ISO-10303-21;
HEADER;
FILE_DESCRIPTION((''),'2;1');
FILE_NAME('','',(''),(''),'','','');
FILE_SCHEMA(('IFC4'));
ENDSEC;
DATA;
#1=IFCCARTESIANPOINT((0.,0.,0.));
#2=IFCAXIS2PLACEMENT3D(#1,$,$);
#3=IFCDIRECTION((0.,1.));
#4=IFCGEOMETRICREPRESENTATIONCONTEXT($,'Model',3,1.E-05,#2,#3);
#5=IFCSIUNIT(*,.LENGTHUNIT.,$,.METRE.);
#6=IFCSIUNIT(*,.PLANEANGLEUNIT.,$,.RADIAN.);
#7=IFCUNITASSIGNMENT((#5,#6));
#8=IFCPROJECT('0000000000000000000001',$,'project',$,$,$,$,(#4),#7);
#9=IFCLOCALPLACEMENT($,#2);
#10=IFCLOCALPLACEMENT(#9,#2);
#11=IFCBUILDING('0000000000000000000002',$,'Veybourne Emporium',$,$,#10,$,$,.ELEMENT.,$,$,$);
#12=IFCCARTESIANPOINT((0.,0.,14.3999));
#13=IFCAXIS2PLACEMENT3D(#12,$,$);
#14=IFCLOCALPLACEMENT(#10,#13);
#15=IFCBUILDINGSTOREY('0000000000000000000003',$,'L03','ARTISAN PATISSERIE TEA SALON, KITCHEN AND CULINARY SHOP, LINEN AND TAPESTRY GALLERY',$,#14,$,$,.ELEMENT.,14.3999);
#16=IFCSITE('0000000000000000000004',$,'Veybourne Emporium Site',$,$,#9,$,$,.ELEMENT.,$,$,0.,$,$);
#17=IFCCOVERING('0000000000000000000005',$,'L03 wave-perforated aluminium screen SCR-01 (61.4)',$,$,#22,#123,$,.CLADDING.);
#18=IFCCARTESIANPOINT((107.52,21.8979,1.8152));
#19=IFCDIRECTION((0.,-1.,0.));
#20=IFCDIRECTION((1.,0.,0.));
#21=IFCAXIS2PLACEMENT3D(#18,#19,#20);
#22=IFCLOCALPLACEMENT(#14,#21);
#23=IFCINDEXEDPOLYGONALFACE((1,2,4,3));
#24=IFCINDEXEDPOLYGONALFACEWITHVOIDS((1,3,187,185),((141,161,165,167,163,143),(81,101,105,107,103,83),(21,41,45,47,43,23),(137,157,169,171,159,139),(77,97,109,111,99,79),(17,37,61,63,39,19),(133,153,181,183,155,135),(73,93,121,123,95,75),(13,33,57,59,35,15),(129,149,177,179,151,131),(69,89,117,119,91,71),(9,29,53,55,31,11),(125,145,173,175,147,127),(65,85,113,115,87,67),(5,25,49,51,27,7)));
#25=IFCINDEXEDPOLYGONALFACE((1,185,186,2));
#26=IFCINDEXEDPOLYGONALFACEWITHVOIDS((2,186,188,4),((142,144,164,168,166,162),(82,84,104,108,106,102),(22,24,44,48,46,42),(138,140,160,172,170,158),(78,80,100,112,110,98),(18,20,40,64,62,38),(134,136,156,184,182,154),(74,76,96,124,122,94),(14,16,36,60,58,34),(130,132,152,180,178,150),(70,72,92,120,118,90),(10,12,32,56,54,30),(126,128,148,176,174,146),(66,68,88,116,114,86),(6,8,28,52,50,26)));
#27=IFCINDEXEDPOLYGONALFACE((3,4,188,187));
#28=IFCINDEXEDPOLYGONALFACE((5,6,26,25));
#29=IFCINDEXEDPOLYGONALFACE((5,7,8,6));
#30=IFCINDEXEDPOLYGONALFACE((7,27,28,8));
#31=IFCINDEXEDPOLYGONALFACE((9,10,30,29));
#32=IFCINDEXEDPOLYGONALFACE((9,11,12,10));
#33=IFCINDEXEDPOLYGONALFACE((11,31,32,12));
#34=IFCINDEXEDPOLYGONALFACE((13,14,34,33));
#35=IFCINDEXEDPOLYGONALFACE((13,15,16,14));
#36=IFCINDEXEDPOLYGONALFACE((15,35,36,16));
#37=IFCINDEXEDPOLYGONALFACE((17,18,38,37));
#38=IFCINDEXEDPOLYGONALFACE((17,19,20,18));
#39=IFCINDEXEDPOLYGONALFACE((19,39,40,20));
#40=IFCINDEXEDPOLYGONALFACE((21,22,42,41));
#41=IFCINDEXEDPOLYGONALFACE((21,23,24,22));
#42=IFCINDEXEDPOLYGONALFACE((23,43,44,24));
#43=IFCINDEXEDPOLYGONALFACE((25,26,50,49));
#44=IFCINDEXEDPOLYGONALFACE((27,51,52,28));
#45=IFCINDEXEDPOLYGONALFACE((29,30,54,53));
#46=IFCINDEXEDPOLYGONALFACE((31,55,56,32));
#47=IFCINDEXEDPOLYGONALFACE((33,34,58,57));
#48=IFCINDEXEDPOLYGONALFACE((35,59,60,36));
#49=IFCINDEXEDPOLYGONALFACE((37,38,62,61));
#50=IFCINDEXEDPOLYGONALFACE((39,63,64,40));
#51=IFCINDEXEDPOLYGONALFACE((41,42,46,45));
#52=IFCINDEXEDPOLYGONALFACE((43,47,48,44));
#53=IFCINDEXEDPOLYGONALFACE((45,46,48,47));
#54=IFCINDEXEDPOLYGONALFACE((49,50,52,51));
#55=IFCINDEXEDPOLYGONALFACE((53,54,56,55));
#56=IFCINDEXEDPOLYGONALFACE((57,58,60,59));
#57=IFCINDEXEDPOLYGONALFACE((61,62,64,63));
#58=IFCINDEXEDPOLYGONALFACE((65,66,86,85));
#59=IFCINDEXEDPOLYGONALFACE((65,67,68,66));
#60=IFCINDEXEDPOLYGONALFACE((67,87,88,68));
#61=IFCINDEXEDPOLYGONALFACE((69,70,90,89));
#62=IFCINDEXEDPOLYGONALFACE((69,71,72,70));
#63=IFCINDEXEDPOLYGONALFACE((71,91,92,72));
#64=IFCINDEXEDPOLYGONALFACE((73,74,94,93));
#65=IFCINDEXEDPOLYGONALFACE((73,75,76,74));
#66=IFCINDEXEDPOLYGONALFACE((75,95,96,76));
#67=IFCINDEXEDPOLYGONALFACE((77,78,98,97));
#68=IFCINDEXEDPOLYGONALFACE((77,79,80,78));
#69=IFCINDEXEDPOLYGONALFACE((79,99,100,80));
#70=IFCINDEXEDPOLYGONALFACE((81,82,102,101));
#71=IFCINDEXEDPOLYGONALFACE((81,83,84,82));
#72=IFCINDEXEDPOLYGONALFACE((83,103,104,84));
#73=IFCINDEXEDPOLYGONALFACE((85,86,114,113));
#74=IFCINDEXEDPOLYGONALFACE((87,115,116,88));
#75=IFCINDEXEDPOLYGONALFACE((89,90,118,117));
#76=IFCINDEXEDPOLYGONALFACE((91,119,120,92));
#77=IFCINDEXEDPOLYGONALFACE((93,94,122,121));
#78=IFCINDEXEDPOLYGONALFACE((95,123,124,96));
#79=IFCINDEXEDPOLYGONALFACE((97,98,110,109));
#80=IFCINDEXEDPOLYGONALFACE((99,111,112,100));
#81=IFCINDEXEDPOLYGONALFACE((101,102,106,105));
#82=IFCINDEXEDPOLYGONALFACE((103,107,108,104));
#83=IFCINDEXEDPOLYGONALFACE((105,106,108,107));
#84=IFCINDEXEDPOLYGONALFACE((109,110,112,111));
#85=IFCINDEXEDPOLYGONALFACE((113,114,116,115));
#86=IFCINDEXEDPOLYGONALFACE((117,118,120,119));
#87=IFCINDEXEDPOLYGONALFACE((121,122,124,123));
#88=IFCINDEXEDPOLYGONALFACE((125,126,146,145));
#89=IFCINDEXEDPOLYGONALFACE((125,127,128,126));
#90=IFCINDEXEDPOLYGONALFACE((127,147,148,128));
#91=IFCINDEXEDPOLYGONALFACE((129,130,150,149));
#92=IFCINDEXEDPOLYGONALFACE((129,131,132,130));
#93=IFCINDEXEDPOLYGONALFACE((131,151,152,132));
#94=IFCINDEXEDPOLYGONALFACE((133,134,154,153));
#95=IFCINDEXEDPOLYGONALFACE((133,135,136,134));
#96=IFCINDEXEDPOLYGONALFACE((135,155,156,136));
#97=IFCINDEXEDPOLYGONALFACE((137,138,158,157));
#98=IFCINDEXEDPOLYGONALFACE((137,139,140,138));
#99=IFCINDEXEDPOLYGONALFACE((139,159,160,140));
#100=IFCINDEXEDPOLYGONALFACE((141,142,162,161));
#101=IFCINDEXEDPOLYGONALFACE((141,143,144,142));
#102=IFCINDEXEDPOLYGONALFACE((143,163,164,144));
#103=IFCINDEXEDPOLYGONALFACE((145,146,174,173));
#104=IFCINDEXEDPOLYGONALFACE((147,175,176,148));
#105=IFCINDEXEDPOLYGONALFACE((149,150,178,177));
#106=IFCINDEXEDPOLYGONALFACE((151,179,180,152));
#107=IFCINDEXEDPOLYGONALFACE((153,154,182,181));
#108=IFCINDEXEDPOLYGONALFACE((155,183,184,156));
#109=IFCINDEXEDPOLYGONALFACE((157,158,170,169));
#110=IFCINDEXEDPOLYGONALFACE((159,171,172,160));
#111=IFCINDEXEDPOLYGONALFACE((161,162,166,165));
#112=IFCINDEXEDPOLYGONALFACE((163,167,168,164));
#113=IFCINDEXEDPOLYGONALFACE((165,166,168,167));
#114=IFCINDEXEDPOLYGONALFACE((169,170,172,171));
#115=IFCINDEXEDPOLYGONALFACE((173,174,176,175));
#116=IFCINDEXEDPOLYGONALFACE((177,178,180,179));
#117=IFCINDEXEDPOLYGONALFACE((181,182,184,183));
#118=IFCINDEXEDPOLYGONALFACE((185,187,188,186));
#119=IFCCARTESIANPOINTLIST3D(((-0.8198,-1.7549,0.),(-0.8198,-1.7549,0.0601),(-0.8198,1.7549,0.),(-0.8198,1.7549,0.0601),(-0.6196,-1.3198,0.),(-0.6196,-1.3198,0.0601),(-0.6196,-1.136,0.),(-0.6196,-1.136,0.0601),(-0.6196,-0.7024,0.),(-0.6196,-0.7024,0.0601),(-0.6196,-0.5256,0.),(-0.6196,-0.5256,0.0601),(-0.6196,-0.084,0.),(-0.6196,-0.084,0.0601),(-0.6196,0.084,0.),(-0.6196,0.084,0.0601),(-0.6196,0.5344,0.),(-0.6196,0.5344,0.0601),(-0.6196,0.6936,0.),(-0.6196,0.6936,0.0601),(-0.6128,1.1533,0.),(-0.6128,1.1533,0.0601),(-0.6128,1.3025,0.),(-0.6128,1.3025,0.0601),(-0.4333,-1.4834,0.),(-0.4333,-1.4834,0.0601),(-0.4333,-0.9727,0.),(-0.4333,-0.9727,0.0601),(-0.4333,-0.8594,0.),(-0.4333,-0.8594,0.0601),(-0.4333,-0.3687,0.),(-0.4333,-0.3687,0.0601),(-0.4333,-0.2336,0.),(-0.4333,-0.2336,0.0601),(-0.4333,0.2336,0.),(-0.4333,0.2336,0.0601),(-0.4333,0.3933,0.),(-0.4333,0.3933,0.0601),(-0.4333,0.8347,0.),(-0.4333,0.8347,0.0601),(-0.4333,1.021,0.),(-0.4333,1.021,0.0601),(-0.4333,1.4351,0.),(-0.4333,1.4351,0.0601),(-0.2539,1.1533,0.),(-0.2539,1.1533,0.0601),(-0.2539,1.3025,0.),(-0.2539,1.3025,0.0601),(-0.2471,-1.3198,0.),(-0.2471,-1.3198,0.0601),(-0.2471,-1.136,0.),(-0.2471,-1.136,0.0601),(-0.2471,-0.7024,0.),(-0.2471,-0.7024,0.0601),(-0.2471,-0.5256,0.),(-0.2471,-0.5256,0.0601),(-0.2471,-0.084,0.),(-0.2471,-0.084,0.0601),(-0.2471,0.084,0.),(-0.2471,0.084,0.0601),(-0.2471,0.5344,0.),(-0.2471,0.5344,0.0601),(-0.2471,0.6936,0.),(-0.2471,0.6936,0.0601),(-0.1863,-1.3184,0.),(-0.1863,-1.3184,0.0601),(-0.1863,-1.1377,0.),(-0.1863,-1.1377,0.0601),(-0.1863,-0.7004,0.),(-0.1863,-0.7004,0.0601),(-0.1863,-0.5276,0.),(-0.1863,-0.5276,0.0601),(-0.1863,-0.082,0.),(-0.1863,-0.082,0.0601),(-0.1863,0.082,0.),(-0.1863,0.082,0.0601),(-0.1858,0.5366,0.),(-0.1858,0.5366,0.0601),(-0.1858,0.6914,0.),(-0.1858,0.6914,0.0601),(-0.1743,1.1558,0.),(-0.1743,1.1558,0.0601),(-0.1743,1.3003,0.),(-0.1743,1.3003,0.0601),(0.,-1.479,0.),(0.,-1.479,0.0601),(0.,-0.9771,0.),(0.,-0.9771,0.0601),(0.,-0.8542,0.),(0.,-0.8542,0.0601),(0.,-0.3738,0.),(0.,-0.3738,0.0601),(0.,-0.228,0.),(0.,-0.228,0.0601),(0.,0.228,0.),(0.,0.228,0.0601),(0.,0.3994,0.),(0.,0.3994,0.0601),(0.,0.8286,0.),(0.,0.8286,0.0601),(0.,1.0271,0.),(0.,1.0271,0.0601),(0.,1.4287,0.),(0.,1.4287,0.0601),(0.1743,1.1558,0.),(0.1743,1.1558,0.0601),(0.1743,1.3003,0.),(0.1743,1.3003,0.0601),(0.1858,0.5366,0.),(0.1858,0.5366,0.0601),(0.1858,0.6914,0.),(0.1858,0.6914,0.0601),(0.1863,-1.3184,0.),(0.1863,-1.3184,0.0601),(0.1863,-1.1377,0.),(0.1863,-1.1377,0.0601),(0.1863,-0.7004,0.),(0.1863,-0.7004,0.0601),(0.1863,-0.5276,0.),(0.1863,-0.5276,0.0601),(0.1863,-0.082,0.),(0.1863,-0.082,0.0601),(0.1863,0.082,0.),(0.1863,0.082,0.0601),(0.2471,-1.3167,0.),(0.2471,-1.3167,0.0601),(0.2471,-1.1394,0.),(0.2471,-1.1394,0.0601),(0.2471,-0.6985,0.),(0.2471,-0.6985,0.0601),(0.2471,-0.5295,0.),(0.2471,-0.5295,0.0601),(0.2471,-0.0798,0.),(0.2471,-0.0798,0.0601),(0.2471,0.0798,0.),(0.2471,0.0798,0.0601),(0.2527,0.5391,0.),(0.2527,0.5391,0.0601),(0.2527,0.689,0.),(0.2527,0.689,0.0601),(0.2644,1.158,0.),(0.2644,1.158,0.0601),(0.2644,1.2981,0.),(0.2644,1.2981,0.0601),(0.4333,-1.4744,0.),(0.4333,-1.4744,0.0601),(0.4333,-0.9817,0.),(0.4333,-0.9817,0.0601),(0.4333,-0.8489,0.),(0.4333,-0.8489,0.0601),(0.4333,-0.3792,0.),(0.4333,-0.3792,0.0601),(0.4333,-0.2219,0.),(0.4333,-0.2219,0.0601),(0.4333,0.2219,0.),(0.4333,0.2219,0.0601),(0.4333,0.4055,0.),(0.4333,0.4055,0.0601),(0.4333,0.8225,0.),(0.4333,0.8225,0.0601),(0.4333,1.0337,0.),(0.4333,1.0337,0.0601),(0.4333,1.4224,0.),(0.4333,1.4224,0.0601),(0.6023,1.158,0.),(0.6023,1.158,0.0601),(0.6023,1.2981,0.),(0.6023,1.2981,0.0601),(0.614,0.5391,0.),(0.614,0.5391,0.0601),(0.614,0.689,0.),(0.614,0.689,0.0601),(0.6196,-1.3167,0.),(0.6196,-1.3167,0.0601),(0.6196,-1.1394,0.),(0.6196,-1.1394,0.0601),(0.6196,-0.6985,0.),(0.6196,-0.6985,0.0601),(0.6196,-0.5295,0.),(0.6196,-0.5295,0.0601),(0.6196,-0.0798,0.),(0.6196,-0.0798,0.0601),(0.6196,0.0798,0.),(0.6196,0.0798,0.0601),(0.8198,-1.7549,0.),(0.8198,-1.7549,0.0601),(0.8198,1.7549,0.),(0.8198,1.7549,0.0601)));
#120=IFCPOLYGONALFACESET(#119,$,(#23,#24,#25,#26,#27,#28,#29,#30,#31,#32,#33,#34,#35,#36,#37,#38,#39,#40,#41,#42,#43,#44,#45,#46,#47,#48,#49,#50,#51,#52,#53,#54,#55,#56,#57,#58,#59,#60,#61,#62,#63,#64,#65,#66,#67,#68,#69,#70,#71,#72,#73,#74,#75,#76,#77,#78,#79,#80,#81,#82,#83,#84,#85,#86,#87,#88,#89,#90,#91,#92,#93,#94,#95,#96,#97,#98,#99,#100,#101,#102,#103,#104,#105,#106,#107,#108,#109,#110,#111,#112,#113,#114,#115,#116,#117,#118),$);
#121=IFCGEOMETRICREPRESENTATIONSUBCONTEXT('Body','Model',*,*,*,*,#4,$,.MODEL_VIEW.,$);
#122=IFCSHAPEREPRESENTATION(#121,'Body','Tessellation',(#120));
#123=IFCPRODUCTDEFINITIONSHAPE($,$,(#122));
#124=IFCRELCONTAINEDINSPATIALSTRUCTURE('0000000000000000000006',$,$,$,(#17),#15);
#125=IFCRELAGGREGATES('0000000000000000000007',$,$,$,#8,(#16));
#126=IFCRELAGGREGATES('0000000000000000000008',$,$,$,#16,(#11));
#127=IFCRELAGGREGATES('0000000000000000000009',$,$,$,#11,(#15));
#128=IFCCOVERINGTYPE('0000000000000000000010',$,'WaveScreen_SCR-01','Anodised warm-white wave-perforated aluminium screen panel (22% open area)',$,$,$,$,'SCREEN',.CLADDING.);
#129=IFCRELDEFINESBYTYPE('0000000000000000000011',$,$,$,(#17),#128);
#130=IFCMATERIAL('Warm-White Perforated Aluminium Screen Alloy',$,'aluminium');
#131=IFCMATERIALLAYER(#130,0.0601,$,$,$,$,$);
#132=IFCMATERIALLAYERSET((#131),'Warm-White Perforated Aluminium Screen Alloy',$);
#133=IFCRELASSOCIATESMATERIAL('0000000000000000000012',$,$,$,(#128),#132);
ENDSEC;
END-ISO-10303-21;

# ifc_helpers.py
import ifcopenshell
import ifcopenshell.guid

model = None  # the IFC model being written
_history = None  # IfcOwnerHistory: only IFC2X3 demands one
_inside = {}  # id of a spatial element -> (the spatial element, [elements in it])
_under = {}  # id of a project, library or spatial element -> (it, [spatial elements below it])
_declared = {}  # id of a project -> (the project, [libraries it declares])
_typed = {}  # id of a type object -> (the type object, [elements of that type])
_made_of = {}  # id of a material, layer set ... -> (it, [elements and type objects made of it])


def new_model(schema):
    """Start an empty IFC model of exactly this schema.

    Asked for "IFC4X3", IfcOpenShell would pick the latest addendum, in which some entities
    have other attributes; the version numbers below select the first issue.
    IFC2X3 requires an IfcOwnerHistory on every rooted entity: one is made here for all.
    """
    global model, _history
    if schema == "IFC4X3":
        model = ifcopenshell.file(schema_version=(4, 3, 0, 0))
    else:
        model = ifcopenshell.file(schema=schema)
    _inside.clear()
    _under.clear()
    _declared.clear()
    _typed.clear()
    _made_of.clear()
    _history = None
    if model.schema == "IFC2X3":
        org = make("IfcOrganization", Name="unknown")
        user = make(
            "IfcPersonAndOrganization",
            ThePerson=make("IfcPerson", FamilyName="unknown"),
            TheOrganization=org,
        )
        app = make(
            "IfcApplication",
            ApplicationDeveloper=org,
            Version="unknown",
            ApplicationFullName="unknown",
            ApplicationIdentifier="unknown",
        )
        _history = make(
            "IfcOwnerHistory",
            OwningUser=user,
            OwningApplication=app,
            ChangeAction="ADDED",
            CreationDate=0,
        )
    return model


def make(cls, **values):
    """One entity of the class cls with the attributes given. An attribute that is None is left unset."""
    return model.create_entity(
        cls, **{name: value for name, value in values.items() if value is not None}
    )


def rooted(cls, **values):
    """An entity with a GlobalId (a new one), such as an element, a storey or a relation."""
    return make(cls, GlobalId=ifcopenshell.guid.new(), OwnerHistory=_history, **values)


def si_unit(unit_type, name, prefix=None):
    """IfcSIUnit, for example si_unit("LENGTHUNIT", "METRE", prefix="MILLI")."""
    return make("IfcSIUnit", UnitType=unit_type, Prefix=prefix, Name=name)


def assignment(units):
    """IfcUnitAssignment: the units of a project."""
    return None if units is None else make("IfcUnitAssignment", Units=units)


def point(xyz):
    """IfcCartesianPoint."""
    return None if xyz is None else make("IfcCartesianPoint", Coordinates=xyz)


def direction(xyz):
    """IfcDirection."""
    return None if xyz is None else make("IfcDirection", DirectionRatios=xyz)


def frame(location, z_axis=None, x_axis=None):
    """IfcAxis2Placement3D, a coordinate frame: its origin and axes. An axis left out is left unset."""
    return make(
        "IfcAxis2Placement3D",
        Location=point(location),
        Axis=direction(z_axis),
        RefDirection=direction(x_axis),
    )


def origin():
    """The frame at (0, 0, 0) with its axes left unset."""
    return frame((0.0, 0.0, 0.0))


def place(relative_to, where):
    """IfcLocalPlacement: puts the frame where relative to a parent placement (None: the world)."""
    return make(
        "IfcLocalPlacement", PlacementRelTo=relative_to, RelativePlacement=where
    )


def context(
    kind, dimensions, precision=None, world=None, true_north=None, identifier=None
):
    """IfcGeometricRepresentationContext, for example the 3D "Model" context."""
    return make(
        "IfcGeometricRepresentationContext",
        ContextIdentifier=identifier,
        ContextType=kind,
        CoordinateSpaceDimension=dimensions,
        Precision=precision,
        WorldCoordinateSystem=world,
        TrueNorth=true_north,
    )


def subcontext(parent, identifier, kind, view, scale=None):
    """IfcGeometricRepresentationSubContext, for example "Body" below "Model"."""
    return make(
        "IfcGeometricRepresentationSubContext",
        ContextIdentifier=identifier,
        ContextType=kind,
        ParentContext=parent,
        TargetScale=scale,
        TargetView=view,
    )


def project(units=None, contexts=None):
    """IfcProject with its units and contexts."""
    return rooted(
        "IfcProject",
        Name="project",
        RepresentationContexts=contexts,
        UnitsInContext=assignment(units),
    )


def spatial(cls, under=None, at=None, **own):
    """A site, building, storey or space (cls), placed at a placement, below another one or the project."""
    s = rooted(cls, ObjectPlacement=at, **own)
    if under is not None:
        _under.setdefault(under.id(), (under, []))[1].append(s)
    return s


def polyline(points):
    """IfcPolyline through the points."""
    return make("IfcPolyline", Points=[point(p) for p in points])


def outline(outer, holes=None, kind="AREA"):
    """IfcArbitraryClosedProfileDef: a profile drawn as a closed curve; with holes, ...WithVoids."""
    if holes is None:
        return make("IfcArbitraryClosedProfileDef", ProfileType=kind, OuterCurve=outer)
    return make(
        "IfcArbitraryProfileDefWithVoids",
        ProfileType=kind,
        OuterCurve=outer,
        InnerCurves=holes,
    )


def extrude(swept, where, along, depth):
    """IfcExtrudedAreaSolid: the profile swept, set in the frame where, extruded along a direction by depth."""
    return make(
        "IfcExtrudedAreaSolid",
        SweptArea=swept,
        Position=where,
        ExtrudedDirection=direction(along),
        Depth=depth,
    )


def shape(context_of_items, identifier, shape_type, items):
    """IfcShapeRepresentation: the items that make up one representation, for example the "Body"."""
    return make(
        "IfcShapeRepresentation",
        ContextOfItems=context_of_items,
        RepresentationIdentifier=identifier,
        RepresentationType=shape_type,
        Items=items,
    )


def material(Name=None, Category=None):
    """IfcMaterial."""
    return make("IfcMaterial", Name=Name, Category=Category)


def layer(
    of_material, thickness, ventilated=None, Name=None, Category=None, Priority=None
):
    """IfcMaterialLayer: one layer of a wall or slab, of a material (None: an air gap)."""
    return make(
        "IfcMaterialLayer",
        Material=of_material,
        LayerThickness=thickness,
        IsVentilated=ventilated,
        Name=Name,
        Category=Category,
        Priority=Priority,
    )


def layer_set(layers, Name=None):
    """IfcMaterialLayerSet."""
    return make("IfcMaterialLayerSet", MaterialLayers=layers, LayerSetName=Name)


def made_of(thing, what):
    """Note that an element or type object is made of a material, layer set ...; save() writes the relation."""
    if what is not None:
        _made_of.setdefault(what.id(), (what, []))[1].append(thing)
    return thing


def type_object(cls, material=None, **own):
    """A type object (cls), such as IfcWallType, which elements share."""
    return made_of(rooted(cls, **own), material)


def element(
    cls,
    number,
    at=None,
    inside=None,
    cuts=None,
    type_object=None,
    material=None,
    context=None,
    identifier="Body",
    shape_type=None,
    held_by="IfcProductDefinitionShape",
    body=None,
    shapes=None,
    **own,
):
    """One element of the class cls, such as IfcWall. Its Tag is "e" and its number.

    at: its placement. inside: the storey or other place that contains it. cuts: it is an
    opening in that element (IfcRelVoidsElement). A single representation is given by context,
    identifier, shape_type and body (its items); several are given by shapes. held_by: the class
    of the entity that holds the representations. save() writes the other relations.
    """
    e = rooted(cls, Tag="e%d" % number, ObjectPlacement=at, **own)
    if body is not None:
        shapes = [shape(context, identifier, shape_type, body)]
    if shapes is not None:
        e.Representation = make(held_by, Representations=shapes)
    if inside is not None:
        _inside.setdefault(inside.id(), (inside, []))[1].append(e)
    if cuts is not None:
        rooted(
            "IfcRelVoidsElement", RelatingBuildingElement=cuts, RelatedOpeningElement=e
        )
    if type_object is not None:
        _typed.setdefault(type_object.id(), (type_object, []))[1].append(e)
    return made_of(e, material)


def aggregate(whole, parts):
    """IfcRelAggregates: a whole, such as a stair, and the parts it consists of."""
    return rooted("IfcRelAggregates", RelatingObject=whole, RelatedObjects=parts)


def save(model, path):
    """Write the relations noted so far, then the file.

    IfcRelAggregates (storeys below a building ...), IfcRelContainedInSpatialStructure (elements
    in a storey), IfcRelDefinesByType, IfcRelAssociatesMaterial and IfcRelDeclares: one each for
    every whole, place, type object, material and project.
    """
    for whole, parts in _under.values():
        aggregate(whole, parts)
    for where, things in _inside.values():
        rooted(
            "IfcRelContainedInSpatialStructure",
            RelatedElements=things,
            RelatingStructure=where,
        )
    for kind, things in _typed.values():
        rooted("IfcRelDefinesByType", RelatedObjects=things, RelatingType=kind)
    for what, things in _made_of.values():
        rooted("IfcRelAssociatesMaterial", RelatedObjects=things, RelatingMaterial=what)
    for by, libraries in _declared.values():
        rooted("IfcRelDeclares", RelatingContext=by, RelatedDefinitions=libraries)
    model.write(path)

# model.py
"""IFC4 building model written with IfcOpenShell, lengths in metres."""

from ifc_helpers import new_model, si_unit, direction, frame, origin, place, context, subcontext, project, spatial, polyline, outline, extrude, material, layer, layer_set, type_object, element, save


model = new_model("IFC4")

# Units and contexts
model_context = context("Model", 3, precision=1e-05, world=origin(), true_north=direction((0.0, 1.0)))
body_context = subcontext(model_context, "Body", "Model", "MODEL_VIEW")
ifc_project = project(units=[si_unit("LENGTHUNIT", "METRE"), si_unit("PLANEANGLEUNIT", "RADIAN")], contexts=[model_context])

# Site, building, storey
site_placement = place(None, origin())
site = spatial("IfcSite", under=ifc_project, at=site_placement, Name="Veybourne Emporium Site", CompositionType="ELEMENT", RefElevation=0.0)
building_placement = place(site_placement, origin())
building = spatial("IfcBuilding", under=site, at=building_placement, Name="Veybourne Emporium", CompositionType="ELEMENT")
storey_placement = place(building_placement, frame((0.0, 0.0, 14.3999)))
storey = spatial("IfcBuildingStorey", under=building, at=storey_placement, Name="L03", Description="ARTISAN PATISSERIE TEA SALON, KITCHEN AND CULINARY SHOP, LINEN AND TAPESTRY GALLERY", CompositionType="ELEMENT", Elevation=14.3999)

# Covering
ifc_material_1 = material(Name="Warm-White Perforated Aluminium Screen Alloy", Category="aluminium")
ifc_layer_1 = layer(ifc_material_1, 0.0601)
ifc_layer_set_1 = layer_set([ifc_layer_1], Name="Warm-White Perforated Aluminium Screen Alloy")
covering_type_1 = type_object("IfcCoveringType", Name="WaveScreen_SCR-01", Description="Anodised warm-white wave-perforated aluminium screen panel (22% open area)", ElementType="SCREEN", PredefinedType="CLADDING", material=ifc_layer_set_1)
covering_1_placement = place(storey_placement, frame((107.52, 21.8979, 1.8152), z_axis=(0.0, -1.0, 0.0), x_axis=(1.0, 0.0, 0.0)))
element("IfcCovering", 1, at=covering_1_placement, inside=storey, type_object=covering_type_1, Name="L03 wave-perforated aluminium screen SCR-01 (61.4)", PredefinedType="CLADDING", context=body_context, shape_type="SweptSolid", body=[
    extrude(outline(polyline([(-0.8198, -1.7549), (0.8198, -1.7549), (0.8198, 1.7549), (-0.8198, 1.7549), (-0.8198, -1.7549)]), holes=[polyline([(-0.4333, -0.9727), (-0.2471, -1.136), (-0.2471, -1.3198), (-0.4333, -1.4834), (-0.6196, -1.3198), (-0.6196, -1.136), (-0.4333, -0.9727)]), polyline([(-0.4333, -0.3687), (-0.2471, -0.5256), (-0.2471, -0.7024), (-0.4333, -0.8594), (-0.6196, -0.7024), (-0.6196, -0.5256), (-0.4333, -0.3687)]), polyline([(-0.4333, 0.2336), (-0.2471, 0.084), (-0.2471, -0.084), (-0.4333, -0.2336), (-0.6196, -0.084), (-0.6196, 0.084), (-0.4333, 0.2336)]), polyline([(-0.4333, 0.8347), (-0.2471, 0.6936), (-0.2471, 0.5344), (-0.4333, 0.3933), (-0.6196, 0.5344), (-0.6196, 0.6936), (-0.4333, 0.8347)]), polyline([(-0.4333, 1.4351), (-0.2539, 1.3025), (-0.2539, 1.1533), (-0.4333, 1.021), (-0.6128, 1.1533), (-0.6128, 1.3025), (-0.4333, 1.4351)]), polyline([(0.0, -0.9771), (0.1863, -1.1377), (0.1863, -1.3184), (0.0, -1.479), (-0.1863, -1.3184), (-0.1863, -1.1377), (0.0, -0.9771)]), polyline([(0.0, -0.3738), (0.1863, -0.5276), (0.1863, -0.7004), (0.0, -0.8542), (-0.1863, -0.7004), (-0.1863, -0.5276), (0.0, -0.3738)]), polyline([(0.0, 0.228), (0.1863, 0.082), (0.1863, -0.082), (0.0, -0.228), (-0.1863, -0.082), (-0.1863, 0.082), (0.0, 0.228)]), polyline([(0.0, 0.8286), (0.1858, 0.6914), (0.1858, 0.5366), (0.0, 0.3994), (-0.1858, 0.5366), (-0.1858, 0.6914), (0.0, 0.8286)]), polyline([(0.0, 1.4287), (0.1743, 1.3003), (0.1743, 1.1558), (0.0, 1.0271), (-0.1743, 1.1558), (-0.1743, 1.3003), (0.0, 1.4287)]), polyline([(0.4333, -0.9817), (0.6196, -1.1394), (0.6196, -1.3167), (0.4333, -1.4744), (0.2471, -1.3167), (0.2471, -1.1394), (0.4333, -0.9817)]), polyline([(0.4333, -0.3792), (0.6196, -0.5295), (0.6196, -0.6985), (0.4333, -0.8489), (0.2471, -0.6985), (0.2471, -0.5295), (0.4333, -0.3792)]), polyline([(0.4333, 0.2219), (0.6196, 0.0798), (0.6196, -0.0798), (0.4333, -0.2219), (0.2471, -0.0798), (0.2471, 0.0798), (0.4333, 0.2219)]), polyline([(0.4333, 0.8225), (0.614, 0.689), (0.614, 0.5391), (0.4333, 0.4055), (0.2527, 0.5391), (0.2527, 0.689), (0.4333, 0.8225)]), polyline([(0.4333, 1.4224), (0.6023, 1.2981), (0.6023, 1.158), (0.4333, 1.0337), (0.2644, 1.158), (0.2644, 1.2981), (0.4333, 1.4224)])]), origin(), (0.0, 0.0, 1.0), 0.0601),
])

save(model, "model.ifc")
